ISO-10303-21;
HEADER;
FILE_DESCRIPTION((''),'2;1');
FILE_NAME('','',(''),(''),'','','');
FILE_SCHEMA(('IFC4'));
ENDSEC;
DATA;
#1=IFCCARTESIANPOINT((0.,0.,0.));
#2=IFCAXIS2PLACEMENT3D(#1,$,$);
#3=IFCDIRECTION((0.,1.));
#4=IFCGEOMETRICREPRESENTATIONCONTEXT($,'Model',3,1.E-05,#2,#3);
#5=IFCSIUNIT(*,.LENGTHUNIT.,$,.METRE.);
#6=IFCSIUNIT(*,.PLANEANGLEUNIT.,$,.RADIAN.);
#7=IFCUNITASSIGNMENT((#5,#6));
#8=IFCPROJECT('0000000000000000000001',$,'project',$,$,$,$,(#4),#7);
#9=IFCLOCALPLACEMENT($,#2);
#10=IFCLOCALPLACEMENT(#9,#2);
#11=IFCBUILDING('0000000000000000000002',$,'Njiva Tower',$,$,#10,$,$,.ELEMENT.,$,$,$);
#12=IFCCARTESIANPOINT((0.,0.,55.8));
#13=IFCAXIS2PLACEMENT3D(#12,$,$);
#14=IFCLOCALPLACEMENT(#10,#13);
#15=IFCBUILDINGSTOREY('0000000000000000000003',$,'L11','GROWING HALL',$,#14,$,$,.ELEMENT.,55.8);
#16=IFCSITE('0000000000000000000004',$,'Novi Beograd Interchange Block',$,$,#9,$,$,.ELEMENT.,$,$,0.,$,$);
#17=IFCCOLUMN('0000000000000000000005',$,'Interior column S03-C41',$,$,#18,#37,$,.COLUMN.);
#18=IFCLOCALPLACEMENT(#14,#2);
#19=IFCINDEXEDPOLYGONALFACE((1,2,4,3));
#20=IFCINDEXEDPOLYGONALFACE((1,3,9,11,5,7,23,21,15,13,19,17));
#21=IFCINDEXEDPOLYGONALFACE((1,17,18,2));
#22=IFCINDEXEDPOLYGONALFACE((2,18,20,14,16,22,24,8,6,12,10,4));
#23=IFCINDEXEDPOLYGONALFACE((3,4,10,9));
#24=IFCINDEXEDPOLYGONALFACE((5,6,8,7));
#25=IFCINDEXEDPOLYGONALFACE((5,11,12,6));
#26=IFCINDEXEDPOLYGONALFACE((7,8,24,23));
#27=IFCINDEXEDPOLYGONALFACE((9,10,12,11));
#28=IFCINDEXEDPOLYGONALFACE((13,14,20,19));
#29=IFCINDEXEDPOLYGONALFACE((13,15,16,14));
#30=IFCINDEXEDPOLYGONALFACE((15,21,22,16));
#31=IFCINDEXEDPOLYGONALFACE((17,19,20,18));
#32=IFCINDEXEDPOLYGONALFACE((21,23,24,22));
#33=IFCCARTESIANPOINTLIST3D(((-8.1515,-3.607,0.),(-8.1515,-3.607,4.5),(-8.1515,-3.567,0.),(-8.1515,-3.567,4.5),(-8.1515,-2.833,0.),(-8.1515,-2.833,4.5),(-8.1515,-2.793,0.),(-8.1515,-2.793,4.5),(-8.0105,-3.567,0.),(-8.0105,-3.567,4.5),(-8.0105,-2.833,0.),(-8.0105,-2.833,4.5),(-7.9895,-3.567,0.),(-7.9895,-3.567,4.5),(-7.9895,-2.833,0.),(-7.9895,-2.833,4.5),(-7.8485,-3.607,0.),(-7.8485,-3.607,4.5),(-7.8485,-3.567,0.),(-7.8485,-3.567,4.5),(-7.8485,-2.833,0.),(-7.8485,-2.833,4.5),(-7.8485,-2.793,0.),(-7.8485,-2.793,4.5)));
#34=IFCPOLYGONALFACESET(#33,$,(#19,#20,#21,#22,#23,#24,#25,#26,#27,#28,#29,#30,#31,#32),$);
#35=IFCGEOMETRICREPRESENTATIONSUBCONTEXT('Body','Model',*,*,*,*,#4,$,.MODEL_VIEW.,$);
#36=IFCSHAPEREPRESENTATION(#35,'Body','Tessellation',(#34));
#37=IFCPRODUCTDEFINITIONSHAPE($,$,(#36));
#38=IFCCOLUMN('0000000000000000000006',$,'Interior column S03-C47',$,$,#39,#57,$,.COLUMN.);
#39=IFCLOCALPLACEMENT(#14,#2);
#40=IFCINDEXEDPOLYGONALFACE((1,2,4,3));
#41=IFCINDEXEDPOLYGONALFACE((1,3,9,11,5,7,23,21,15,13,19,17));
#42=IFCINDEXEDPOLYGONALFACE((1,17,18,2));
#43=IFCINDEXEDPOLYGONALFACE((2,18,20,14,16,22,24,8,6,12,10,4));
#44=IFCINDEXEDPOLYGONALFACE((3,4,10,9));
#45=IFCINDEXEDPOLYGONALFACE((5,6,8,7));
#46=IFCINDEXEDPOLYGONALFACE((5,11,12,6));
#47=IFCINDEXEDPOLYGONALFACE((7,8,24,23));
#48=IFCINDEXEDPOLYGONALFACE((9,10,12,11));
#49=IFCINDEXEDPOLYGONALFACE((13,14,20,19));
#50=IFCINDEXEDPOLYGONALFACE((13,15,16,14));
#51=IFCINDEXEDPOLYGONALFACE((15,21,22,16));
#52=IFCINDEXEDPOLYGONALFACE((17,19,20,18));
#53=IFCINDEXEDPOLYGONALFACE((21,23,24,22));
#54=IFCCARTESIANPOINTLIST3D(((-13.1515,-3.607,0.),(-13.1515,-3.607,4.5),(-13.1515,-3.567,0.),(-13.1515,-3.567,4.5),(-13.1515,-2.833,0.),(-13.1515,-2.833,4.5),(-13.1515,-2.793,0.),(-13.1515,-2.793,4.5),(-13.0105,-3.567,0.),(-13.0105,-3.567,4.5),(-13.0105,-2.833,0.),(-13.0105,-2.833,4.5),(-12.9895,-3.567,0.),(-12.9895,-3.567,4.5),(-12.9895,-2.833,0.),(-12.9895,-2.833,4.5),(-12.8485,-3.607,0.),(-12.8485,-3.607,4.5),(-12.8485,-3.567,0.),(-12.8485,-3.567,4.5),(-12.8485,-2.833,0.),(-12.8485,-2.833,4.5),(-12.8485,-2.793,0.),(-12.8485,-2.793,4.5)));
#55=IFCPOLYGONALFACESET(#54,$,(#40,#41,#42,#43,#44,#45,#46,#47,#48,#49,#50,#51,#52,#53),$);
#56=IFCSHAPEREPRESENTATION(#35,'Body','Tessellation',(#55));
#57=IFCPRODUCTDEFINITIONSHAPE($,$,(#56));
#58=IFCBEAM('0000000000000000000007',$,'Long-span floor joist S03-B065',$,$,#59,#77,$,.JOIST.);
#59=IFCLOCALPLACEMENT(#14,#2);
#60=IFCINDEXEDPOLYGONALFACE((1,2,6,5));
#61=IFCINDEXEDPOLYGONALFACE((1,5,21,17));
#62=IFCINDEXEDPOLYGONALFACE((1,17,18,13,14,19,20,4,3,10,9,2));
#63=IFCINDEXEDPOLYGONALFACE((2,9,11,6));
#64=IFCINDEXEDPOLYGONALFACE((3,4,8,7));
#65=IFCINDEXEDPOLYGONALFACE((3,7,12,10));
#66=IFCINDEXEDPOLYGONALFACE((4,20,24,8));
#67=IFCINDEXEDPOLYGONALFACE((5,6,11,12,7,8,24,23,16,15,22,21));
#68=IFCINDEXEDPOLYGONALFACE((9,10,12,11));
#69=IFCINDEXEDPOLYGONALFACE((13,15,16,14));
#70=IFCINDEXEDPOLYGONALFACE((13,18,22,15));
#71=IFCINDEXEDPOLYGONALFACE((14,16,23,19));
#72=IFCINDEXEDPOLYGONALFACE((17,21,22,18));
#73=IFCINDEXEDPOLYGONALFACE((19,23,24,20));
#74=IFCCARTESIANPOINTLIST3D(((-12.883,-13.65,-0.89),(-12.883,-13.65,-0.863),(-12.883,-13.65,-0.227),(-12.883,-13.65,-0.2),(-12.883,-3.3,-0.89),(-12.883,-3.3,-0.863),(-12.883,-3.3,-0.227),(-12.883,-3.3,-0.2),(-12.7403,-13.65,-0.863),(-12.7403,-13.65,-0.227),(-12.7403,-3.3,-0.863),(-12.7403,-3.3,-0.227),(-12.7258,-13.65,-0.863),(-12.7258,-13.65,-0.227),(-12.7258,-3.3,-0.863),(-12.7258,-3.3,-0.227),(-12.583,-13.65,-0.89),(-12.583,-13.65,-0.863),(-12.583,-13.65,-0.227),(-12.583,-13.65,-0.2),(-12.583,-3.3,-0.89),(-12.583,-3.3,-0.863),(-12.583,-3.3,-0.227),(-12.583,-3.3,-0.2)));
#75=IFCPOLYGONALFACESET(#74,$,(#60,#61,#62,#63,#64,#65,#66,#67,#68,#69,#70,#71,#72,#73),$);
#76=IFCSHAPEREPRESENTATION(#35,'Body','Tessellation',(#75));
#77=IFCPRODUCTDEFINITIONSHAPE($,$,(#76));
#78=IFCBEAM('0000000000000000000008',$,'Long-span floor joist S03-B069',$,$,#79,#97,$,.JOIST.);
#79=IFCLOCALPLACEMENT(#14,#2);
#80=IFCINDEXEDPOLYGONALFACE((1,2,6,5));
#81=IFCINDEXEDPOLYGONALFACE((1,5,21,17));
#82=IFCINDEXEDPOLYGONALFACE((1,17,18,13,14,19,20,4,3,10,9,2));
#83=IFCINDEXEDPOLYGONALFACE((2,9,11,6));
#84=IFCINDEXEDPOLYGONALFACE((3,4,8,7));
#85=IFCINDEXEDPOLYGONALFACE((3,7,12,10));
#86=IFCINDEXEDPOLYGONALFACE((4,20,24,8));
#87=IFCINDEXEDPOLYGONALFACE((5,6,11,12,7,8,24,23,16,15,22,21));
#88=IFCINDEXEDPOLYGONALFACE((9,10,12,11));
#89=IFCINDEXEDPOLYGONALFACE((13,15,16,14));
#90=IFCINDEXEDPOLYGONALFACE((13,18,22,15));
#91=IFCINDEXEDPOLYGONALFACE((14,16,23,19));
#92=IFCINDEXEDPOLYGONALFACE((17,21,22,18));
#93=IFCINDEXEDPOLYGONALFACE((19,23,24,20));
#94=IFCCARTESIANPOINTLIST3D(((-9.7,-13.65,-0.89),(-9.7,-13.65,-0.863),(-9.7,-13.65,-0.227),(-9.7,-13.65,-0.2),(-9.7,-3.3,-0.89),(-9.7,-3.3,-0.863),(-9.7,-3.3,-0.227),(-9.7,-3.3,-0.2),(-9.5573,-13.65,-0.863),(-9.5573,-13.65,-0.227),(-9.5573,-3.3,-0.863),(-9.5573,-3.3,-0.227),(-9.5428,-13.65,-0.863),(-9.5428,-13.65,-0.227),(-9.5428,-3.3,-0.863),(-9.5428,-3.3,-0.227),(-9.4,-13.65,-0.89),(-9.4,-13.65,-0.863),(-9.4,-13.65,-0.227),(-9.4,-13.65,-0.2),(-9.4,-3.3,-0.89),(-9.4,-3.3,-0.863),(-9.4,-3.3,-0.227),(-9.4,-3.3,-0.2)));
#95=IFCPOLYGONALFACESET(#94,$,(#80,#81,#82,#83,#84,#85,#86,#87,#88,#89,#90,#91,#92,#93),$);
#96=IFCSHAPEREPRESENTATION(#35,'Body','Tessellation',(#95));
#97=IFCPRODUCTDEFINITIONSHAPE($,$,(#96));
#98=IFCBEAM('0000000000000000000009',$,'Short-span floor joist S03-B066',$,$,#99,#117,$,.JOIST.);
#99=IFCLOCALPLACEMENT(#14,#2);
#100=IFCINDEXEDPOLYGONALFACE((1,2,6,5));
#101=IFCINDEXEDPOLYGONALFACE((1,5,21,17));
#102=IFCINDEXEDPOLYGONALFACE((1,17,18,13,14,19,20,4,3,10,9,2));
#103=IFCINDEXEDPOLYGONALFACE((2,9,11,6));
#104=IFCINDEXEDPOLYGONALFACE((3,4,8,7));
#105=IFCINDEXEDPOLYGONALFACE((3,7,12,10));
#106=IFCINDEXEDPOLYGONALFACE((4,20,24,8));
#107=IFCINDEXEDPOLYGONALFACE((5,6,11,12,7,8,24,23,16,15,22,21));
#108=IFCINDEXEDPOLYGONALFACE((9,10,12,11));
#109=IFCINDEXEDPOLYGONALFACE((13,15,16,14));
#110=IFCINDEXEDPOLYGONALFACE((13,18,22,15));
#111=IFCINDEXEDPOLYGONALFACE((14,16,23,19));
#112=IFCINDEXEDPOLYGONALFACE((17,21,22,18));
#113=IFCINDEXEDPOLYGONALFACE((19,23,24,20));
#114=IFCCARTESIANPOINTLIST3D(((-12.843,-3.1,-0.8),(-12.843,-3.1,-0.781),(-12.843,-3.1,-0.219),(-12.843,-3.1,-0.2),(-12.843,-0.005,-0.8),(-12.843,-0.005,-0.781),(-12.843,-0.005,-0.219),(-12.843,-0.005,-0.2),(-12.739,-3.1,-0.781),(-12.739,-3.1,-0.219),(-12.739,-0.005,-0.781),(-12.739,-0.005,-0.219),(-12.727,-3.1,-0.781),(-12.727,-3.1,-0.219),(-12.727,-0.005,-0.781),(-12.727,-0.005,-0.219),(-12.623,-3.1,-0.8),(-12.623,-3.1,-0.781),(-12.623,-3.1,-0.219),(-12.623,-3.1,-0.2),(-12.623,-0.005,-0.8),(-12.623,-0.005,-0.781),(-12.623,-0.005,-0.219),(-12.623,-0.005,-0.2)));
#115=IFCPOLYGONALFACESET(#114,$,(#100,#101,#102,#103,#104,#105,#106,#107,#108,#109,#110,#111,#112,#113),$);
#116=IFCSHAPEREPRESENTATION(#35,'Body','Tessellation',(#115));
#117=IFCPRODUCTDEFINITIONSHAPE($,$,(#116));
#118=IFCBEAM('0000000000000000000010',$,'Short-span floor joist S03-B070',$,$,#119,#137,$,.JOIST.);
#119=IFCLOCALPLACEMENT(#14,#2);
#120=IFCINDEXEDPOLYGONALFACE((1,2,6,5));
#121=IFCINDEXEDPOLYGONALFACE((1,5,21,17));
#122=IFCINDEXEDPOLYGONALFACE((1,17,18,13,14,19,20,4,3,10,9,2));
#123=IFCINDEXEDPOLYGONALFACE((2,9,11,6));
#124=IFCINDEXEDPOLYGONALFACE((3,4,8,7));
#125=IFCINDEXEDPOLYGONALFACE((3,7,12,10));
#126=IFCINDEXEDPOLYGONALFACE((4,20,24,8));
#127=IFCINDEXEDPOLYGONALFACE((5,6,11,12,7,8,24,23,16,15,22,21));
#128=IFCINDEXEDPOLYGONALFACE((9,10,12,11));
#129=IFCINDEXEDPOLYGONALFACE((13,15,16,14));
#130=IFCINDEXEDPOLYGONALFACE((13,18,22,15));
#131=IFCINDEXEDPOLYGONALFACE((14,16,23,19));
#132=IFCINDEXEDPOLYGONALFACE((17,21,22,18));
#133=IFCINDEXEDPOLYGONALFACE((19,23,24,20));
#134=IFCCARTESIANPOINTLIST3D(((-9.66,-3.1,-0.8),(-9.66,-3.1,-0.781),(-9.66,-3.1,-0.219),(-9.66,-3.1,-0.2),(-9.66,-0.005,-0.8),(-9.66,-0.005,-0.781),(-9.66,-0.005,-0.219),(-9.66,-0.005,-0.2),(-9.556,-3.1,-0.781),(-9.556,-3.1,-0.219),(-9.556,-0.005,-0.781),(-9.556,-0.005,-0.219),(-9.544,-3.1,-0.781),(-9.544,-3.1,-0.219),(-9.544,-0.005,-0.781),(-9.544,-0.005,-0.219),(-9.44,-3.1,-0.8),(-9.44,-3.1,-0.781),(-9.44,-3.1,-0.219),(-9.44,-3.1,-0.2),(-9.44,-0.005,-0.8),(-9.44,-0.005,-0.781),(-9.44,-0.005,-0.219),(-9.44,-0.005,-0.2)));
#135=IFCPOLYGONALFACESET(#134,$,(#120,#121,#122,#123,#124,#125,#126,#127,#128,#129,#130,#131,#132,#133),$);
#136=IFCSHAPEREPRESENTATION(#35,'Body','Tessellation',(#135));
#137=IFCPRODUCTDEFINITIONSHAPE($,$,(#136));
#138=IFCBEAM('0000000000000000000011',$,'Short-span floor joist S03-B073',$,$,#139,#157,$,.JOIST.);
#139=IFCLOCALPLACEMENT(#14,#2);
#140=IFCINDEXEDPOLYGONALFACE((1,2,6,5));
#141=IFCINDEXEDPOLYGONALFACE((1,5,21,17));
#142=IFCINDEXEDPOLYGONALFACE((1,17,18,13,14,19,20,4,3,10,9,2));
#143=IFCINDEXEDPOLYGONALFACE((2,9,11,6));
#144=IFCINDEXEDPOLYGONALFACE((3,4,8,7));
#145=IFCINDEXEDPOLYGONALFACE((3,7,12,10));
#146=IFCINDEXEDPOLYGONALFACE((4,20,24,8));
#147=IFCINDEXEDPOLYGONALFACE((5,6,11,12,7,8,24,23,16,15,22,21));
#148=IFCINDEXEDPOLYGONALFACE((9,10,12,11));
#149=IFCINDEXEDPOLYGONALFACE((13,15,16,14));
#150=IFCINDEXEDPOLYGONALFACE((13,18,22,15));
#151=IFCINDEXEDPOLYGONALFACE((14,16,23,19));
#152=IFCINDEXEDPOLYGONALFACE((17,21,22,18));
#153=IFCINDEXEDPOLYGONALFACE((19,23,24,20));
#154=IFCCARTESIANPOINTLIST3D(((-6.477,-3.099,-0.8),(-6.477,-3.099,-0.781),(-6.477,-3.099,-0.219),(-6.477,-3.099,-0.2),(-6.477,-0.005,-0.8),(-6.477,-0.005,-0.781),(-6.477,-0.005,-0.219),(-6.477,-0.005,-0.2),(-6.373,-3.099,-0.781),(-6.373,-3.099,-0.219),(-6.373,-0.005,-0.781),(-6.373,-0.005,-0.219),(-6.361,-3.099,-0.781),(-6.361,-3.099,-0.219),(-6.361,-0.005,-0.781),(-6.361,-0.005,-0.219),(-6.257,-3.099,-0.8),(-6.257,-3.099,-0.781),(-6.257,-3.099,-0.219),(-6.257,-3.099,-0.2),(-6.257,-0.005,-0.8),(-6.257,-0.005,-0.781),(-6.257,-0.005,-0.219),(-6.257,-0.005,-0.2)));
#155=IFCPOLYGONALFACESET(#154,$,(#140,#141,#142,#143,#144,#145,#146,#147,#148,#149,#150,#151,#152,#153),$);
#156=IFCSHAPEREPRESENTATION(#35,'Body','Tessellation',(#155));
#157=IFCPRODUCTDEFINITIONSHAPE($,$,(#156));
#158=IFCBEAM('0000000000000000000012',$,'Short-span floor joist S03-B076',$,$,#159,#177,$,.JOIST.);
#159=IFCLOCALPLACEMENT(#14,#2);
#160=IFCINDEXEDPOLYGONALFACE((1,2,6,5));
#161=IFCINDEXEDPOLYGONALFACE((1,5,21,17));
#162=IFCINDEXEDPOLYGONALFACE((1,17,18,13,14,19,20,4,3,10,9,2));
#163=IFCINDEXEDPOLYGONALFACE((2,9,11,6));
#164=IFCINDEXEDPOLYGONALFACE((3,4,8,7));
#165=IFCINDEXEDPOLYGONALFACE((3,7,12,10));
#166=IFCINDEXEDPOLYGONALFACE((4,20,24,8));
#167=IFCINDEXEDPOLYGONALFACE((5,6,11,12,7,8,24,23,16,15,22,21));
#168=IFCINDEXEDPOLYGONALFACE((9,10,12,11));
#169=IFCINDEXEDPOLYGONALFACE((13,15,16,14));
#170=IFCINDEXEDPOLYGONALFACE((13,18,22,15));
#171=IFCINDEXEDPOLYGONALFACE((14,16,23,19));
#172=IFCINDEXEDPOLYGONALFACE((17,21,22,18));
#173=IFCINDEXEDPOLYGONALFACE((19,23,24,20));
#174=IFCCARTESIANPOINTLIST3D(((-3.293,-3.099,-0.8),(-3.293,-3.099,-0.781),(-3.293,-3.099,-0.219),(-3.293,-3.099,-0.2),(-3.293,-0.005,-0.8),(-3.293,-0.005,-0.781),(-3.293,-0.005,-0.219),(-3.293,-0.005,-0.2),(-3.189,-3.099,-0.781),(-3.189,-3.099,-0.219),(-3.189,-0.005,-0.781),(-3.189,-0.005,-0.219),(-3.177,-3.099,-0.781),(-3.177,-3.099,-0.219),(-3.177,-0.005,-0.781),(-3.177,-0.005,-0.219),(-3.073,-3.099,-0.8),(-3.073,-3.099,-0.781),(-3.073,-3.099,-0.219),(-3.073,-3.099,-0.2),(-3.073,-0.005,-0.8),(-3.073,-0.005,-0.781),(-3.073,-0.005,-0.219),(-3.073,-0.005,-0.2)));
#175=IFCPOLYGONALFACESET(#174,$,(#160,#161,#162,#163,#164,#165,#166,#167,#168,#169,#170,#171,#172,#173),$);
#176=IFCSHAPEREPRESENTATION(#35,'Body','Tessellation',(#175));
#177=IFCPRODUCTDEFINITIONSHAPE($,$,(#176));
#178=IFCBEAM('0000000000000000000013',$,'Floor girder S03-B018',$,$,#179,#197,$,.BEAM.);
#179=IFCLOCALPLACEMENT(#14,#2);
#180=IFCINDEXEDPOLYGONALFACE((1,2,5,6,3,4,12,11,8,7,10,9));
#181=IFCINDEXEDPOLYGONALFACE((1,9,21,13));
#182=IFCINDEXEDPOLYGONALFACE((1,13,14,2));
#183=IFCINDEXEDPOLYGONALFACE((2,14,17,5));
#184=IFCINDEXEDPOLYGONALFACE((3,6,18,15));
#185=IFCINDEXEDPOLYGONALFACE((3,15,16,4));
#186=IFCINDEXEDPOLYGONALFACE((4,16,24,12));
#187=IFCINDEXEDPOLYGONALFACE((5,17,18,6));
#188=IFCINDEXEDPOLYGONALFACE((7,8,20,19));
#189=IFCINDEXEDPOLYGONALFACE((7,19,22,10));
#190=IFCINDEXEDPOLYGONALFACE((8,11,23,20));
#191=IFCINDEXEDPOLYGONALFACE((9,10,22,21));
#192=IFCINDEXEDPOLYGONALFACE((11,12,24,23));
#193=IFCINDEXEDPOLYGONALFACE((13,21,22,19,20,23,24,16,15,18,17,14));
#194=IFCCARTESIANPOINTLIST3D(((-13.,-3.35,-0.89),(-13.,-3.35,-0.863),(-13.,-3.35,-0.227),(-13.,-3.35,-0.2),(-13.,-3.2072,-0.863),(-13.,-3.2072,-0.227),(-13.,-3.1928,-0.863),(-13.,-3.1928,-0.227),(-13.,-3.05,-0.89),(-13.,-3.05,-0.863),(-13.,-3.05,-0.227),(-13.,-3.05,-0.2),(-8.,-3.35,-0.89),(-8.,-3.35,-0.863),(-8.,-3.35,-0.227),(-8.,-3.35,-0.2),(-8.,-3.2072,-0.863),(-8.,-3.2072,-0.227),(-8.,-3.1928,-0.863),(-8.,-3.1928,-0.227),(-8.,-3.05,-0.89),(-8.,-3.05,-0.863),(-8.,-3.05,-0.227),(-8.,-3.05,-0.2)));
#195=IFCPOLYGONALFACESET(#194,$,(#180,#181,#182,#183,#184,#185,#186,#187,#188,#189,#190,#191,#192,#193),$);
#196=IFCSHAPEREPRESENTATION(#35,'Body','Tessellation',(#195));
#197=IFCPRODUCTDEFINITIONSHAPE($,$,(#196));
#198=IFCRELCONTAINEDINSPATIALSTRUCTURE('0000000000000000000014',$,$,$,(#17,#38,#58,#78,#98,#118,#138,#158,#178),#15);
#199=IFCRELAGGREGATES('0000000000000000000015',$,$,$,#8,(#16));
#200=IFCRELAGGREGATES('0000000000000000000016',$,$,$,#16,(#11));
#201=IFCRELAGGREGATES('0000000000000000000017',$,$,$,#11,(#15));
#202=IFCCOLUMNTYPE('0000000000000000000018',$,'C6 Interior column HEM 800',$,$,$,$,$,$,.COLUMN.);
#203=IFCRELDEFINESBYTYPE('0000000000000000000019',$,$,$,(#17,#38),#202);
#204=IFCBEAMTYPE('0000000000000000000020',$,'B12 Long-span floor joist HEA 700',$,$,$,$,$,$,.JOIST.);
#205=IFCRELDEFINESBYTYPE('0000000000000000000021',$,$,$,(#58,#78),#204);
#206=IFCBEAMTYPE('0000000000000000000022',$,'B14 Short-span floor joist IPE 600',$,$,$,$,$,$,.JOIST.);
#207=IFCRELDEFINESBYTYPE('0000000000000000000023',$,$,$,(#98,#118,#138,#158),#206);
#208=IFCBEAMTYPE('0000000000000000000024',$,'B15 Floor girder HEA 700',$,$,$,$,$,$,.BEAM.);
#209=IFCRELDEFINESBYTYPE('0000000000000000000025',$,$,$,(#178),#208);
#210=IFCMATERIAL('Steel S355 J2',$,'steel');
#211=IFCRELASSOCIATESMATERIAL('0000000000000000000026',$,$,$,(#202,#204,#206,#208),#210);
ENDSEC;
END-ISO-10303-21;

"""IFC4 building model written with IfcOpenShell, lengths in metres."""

from ifc_helpers import new_model, si_unit, direction, frame, origin, origin_2d, place, context, subcontext, project, spatial, i_section, extrude, material, material_profile, profile_set, type_object, element, save


model = new_model("IFC4")

# Units and contexts
model_context = context("Model", 3, precision=1e-05, world=origin(), true_north=direction((0.0, 1.0)))
body_context = subcontext(model_context, "Body", "Model", "MODEL_VIEW")
ifc_project = project(units=[si_unit("LENGTHUNIT", "METRE"), si_unit("PLANEANGLEUNIT", "RADIAN")], contexts=[model_context])

# Site, building, storey
site_placement = place(None, origin())
site = spatial("IfcSite", under=ifc_project, at=site_placement, Name="Novi Beograd Interchange Block", CompositionType="ELEMENT", RefElevation=0.0)
building_placement = place(site_placement, origin())
building = spatial("IfcBuilding", under=site, at=building_placement, Name="Njiva Tower", CompositionType="ELEMENT")
storey_placement = place(building_placement, frame((0.0, 0.0, 55.8)))
storey = spatial("IfcBuildingStorey", under=building, at=storey_placement, Name="L11", Description="GROWING HALL", CompositionType="ELEMENT", Elevation=55.8)

# Columns
ifc_material_1 = material(Name="Steel S355 J2", Category="steel")
ifc_material_profile_1 = material_profile(ifc_material_1, i_section(OverallWidth=0.303, OverallDepth=0.814, WebThickness=0.021, FlangeThickness=0.04, at=origin_2d()), Name="HEM 800")
ifc_profile_set_1 = profile_set([ifc_material_profile_1], Name="Steel S355 J2")
column_type = type_object("IfcColumnType", Name="C6 Interior column HEM 800", PredefinedType="COLUMN", material=ifc_profile_set_1)
for number, where, z_axis, x_axis, name in (
    (1, (-8.0, -3.2, 0.0), (0.0, 0.0, 1.0), (1.0, 0.0, 0.0), "Interior column S03-C41"),
    (2, (-13.0, -3.2, 0.0), (0.0, 0.0, 1.0), (1.0, 0.0, 0.0), "Interior column S03-C47"),
):
    element("IfcColumn", number, at=place(storey_placement, frame(where, z_axis=z_axis, x_axis=x_axis)), inside=storey, type_object=column_type, Name=name, PredefinedType="COLUMN", context=body_context, shape_type="SweptSolid", body=[
        extrude(i_section(OverallWidth=0.303, OverallDepth=0.814, WebThickness=0.021, FlangeThickness=0.04, at=origin_2d()), origin(), (0.0, 0.0, 1.0), 4.5),
    ])

# Beams
ifc_material_profile_2 = material_profile(ifc_material_1, i_section(OverallWidth=0.3, OverallDepth=0.69, WebThickness=0.0145, FlangeThickness=0.027, at=origin_2d()), Name="HEA 700")
ifc_profile_set_2 = profile_set([ifc_material_profile_2], Name="Steel S355 J2")
beam_type_1 = type_object("IfcBeamType", Name="B12 Long-span floor joist HEA 700", PredefinedType="JOIST", material=ifc_profile_set_2)
for number, where, z_axis, x_axis, name in (
    (3, (-12.733, -3.3, -0.545), (0.0, -1.0, 0.0), (1.0, 0.0, 0.0), "Long-span floor joist S03-B065"),
    (4, (-9.55, -3.3, -0.545), (0.0, -1.0, 0.0), (1.0, 0.0, 0.0), "Long-span floor joist S03-B069"),
):
    element("IfcBeam", number, at=place(storey_placement, frame(where, z_axis=z_axis, x_axis=x_axis)), inside=storey, type_object=beam_type_1, Name=name, PredefinedType="JOIST", context=body_context, shape_type="SweptSolid", body=[
        extrude(i_section(OverallWidth=0.3, OverallDepth=0.69, WebThickness=0.0145, FlangeThickness=0.027, at=origin_2d()), origin(), (0.0, 0.0, 1.0), 10.35),
    ])
ifc_material_profile_3 = material_profile(ifc_material_1, i_section(OverallWidth=0.22, OverallDepth=0.6, WebThickness=0.012, FlangeThickness=0.019, at=origin_2d()), Name="IPE 600")
ifc_profile_set_3 = profile_set([ifc_material_profile_3], Name="Steel S355 J2")
beam_type_2 = type_object("IfcBeamType", Name="B14 Short-span floor joist IPE 600", PredefinedType="JOIST", material=ifc_profile_set_3)
for number, where, z_axis, x_axis, name in (
    (5, (-12.733, -0.005, -0.5), (0.0, -1.0, 0.0), (1.0, 0.0, 0.0), "Short-span floor joist S03-B066"),
    (6, (-9.55, -0.005, -0.5), (0.0, -1.0, 0.0), (1.0, 0.0, 0.0), "Short-span floor joist S03-B070"),
):
    element("IfcBeam", number, at=place(storey_placement, frame(where, z_axis=z_axis, x_axis=x_axis)), inside=storey, type_object=beam_type_2, Name=name, PredefinedType="JOIST", context=body_context, shape_type="SweptSolid", body=[
        extrude(i_section(OverallWidth=0.22, OverallDepth=0.6, WebThickness=0.012, FlangeThickness=0.019, at=origin_2d()), origin(), (0.0, 0.0, 1.0), 3.095),
    ])
for number, where, z_axis, x_axis, name in (
    (7, (-6.367, -0.005, -0.5), (0.0, -1.0, 0.0), (1.0, 0.0, 0.0), "Short-span floor joist S03-B073"),
    (8, (-3.183, -0.005, -0.5), (0.0, -1.0, 0.0), (1.0, 0.0, 0.0), "Short-span floor joist S03-B076"),
):
    element("IfcBeam", number, at=place(storey_placement, frame(where, z_axis=z_axis, x_axis=x_axis)), inside=storey, type_object=beam_type_2, Name=name, PredefinedType="JOIST", context=body_context, shape_type="SweptSolid", body=[
        extrude(i_section(OverallWidth=0.22, OverallDepth=0.6, WebThickness=0.012, FlangeThickness=0.019, at=origin_2d()), origin(), (0.0, 0.0, 1.0), 3.094),
    ])
ifc_material_profile_4 = material_profile(ifc_material_1, i_section(OverallWidth=0.3, OverallDepth=0.69, WebThickness=0.0145, FlangeThickness=0.027, at=origin_2d()), Name="HEA 700")
ifc_profile_set_4 = profile_set([ifc_material_profile_4], Name="Steel S355 J2")
beam_type_3 = type_object("IfcBeamType", Name="B15 Floor girder HEA 700", PredefinedType="BEAM", material=ifc_profile_set_4)
beam_1_placement = place(storey_placement, frame((-13.0, -3.2, -0.545), z_axis=(1.0, 0.0, 0.0), x_axis=(0.0, 1.0, 0.0)))
element("IfcBeam", 9, at=beam_1_placement, inside=storey, type_object=beam_type_3, Name="Floor girder S03-B018", PredefinedType="BEAM", context=body_context, shape_type="SweptSolid", body=[
    extrude(i_section(OverallWidth=0.3, OverallDepth=0.69, WebThickness=0.0145, FlangeThickness=0.027, at=origin_2d()), origin(), (0.0, 0.0, 1.0), 5.0),
])

save(model, "model.ifc")
